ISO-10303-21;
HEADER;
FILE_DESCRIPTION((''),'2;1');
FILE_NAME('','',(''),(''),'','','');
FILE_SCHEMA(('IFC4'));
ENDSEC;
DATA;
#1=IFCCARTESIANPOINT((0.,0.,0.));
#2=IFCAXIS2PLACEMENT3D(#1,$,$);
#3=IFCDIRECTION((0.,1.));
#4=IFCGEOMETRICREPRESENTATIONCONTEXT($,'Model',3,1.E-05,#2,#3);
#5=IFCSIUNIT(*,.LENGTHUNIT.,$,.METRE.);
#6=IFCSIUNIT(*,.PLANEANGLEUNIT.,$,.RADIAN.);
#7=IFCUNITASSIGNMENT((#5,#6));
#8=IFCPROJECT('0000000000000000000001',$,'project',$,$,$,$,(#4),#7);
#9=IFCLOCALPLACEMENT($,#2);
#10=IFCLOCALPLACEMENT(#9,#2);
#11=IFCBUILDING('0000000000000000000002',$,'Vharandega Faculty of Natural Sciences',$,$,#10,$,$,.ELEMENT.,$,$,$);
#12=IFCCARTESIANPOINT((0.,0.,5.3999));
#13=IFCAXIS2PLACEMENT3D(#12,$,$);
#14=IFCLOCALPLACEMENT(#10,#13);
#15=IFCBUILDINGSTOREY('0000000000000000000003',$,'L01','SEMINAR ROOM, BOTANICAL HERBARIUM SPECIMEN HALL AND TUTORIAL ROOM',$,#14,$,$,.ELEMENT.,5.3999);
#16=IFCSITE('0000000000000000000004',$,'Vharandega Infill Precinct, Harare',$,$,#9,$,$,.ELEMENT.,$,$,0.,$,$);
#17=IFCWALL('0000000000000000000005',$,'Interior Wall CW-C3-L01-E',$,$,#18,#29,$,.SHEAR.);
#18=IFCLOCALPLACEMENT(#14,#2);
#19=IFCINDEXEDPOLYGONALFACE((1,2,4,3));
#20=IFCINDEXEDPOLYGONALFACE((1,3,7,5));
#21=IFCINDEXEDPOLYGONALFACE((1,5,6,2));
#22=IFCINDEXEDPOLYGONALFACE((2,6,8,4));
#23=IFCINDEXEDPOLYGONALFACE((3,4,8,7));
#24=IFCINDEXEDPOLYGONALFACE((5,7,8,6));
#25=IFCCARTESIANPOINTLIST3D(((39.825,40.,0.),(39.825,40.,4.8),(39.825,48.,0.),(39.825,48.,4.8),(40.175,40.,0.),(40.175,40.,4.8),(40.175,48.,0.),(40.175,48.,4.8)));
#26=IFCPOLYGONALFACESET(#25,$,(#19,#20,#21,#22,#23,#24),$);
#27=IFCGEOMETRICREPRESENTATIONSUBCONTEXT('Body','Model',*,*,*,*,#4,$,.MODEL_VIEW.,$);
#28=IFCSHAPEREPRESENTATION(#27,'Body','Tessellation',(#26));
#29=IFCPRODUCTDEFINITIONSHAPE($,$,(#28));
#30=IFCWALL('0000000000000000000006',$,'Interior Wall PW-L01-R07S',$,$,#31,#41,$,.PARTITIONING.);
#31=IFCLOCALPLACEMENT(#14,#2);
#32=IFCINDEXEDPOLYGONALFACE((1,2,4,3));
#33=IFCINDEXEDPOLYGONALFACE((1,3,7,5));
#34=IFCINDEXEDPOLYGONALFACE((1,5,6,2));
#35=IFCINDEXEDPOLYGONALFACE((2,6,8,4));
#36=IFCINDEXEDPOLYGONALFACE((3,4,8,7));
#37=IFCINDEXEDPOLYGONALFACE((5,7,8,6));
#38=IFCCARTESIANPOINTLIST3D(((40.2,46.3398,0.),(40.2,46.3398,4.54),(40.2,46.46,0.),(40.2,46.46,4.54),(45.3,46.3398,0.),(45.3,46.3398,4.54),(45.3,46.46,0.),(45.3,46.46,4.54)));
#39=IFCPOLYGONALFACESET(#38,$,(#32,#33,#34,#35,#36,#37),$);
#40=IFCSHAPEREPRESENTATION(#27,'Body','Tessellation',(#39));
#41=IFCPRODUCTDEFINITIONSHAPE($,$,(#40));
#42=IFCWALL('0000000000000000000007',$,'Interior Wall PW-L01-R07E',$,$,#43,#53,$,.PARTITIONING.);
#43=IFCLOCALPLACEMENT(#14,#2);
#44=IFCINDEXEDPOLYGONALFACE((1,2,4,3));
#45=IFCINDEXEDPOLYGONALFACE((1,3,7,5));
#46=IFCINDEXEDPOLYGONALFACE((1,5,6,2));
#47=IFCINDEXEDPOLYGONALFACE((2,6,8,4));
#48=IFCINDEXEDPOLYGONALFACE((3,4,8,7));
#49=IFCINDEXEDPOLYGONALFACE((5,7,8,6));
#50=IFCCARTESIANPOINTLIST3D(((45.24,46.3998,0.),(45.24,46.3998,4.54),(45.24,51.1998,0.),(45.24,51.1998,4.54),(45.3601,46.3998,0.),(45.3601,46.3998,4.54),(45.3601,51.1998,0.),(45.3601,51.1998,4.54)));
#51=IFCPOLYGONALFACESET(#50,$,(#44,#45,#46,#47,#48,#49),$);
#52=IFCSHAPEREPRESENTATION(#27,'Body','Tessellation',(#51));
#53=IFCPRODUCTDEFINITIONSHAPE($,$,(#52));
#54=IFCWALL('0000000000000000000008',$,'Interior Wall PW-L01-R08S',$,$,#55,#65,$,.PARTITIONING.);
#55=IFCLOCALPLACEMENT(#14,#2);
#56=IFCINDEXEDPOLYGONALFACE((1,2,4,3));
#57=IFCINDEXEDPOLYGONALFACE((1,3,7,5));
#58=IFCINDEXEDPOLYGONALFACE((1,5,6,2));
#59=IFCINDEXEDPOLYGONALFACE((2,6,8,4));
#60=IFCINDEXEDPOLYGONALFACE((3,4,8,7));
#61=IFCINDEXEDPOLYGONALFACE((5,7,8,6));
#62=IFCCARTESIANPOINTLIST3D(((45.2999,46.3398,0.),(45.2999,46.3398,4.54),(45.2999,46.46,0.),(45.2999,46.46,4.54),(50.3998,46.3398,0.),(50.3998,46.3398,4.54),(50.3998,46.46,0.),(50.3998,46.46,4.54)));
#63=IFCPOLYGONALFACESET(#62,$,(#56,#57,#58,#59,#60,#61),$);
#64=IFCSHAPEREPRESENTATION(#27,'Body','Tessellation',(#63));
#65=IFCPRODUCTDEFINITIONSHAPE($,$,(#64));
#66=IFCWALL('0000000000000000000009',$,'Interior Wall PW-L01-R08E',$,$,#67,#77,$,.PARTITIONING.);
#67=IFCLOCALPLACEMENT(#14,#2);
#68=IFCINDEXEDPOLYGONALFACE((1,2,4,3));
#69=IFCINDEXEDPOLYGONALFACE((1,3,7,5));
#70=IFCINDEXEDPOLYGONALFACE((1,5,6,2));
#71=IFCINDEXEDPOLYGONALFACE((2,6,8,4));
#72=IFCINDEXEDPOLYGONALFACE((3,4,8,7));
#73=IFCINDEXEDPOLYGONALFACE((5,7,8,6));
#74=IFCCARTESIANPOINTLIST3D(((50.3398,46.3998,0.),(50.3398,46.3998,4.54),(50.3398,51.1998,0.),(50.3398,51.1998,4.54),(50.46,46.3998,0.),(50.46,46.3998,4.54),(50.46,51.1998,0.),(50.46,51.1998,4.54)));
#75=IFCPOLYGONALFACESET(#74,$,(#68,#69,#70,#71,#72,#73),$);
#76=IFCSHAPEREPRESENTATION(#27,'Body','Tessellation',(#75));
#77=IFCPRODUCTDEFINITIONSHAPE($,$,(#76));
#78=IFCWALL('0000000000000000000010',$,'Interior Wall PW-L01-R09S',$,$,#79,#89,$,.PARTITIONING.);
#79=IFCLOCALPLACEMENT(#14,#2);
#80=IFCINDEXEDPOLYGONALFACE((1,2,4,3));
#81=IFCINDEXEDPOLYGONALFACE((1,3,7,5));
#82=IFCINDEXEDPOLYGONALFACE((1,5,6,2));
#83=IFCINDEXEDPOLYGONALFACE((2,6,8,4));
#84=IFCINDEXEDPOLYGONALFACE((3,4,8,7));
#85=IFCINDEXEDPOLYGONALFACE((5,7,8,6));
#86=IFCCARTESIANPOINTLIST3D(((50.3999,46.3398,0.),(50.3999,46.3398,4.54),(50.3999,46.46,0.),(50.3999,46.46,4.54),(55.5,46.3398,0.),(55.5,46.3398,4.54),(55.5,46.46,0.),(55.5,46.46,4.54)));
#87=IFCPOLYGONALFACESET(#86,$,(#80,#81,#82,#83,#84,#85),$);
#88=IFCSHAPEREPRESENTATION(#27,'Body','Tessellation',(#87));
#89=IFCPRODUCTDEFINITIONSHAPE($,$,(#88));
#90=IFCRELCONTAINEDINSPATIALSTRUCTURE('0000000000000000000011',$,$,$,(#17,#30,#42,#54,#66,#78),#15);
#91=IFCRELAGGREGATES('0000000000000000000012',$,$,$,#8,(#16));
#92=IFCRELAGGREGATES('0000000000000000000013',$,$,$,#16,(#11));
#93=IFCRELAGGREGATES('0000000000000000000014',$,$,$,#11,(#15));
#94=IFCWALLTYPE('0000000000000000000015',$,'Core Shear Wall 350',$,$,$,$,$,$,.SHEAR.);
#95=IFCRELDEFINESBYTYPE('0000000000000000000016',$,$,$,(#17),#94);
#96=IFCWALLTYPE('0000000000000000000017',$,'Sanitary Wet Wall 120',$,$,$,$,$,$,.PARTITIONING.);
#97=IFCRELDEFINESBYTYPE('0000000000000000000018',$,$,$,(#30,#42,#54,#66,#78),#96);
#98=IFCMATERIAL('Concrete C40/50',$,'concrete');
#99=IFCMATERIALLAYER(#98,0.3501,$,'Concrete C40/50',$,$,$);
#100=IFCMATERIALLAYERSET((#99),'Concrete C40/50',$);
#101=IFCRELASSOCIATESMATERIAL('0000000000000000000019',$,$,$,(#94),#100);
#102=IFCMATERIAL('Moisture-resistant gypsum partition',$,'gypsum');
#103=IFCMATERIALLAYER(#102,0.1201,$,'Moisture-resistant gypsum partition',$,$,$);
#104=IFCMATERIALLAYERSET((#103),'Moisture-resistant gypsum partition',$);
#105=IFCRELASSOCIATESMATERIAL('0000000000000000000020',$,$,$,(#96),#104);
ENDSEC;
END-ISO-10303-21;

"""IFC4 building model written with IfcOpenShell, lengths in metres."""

from ifc_helpers import new_model, si_unit, direction, frame, frame_2d, origin, place, context, subcontext, project, spatial, rectangle, extrude, material, layer, layer_set, type_object, element, save


model = new_model("IFC4")

# Units and contexts
model_context = context("Model", 3, precision=1e-05, world=origin(), true_north=direction((0.0, 1.0)))
body_context = subcontext(model_context, "Body", "Model", "MODEL_VIEW")
ifc_project = project(units=[si_unit("LENGTHUNIT", "METRE"), si_unit("PLANEANGLEUNIT", "RADIAN")], contexts=[model_context])

# Site, building, storey
site_placement = place(None, origin())
site = spatial("IfcSite", under=ifc_project, at=site_placement, Name="Vharandega Infill Precinct, Harare", CompositionType="ELEMENT", RefElevation=0.0)
building_placement = place(site_placement, origin())
building = spatial("IfcBuilding", under=site, at=building_placement, Name="Vharandega Faculty of Natural Sciences", CompositionType="ELEMENT")
storey_placement = place(building_placement, frame((0.0, 0.0, 5.3999)))
storey = spatial("IfcBuildingStorey", under=building, at=storey_placement, Name="L01", Description="SEMINAR ROOM, BOTANICAL HERBARIUM SPECIMEN HALL AND TUTORIAL ROOM", CompositionType="ELEMENT", Elevation=5.3999)

# Walls
ifc_material_1 = material(Name="Concrete C40/50", Category="concrete")
ifc_layer_1 = layer(ifc_material_1, 0.3501, Name="Concrete C40/50")
ifc_layer_set_1 = layer_set([ifc_layer_1], Name="Concrete C40/50")
wall_type_1 = type_object("IfcWallType", Name="Core Shear Wall 350", PredefinedType="SHEAR", material=ifc_layer_set_1)
wall_1_placement = place(storey_placement, frame((40.0, 40.0, 0.0), z_axis=(0.0, 0.0, 1.0), x_axis=(0.0, 1.0, 0.0)))
element("IfcWall", 1, at=wall_1_placement, inside=storey, type_object=wall_type_1, Name="Interior Wall CW-C3-L01-E", PredefinedType="SHEAR", context=body_context, shape_type="SweptSolid", body=[
    extrude(rectangle(XDim=8.0, YDim=0.3501, at=frame_2d((4.0, 0.0))), origin(), (0.0, 0.0, 1.0), 4.8),
])
ifc_material_2 = material(Name="Moisture-resistant gypsum partition", Category="gypsum")
ifc_layer_2 = layer(ifc_material_2, 0.1201, Name="Moisture-resistant gypsum partition")
ifc_layer_set_2 = layer_set([ifc_layer_2], Name="Moisture-resistant gypsum partition")
wall_type_2 = type_object("IfcWallType", Name="Sanitary Wet Wall 120", PredefinedType="PARTITIONING", material=ifc_layer_set_2)
wall_2_placement = place(storey_placement, frame((40.2, 46.3999, 0.0), z_axis=(0.0, 0.0, 1.0), x_axis=(1.0, 0.0, 0.0)))
element("IfcWall", 2, at=wall_2_placement, inside=storey, type_object=wall_type_2, Name="Interior Wall PW-L01-R07S", PredefinedType="PARTITIONING", context=body_context, shape_type="SweptSolid", body=[
    extrude(rectangle(XDim=5.1001, YDim=0.1201, at=frame_2d((2.55, 0.0))), origin(), (0.0, 0.0, 1.0), 4.54),
])
wall_3_placement = place(storey_placement, frame((45.3, 46.3999, 0.0), z_axis=(0.0, 0.0, 1.0), x_axis=(0.0, 1.0, 0.0)))
element("IfcWall", 3, at=wall_3_placement, inside=storey, type_object=wall_type_2, Name="Interior Wall PW-L01-R07E", PredefinedType="PARTITIONING", context=body_context, shape_type="SweptSolid", body=[
    extrude(rectangle(XDim=4.8, YDim=0.1201, at=frame_2d((2.3999, 0.0))), origin(), (0.0, 0.0, 1.0), 4.54),
])
wall_4_placement = place(storey_placement, frame((45.3, 46.3999, 0.0), z_axis=(0.0, 0.0, 1.0), x_axis=(1.0, 0.0, 0.0)))
element("IfcWall", 4, at=wall_4_placement, inside=storey, type_object=wall_type_2, Name="Interior Wall PW-L01-R08S", PredefinedType="PARTITIONING", context=body_context, shape_type="SweptSolid", body=[
    extrude(rectangle(XDim=5.0999, YDim=0.1201, at=frame_2d((2.5498, 0.0))), origin(), (0.0, 0.0, 1.0), 4.54),
])
wall_5_placement = place(storey_placement, frame((50.3999, 46.3999, 0.0), z_axis=(0.0, 0.0, 1.0), x_axis=(0.0, 1.0, 0.0)))
element("IfcWall", 5, at=wall_5_placement, inside=storey, type_object=wall_type_2, Name="Interior Wall PW-L01-R08E", PredefinedType="PARTITIONING", context=body_context, shape_type="SweptSolid", body=[
    extrude(rectangle(XDim=4.8, YDim=0.1201, at=frame_2d((2.3999, 0.0))), origin(), (0.0, 0.0, 1.0), 4.54),
])
wall_6_placement = place(storey_placement, frame((50.3999, 46.3999, 0.0), z_axis=(0.0, 0.0, 1.0), x_axis=(1.0, 0.0, 0.0)))
element("IfcWall", 6, at=wall_6_placement, inside=storey, type_object=wall_type_2, Name="Interior Wall PW-L01-R09S", PredefinedType="PARTITIONING", context=body_context, shape_type="SweptSolid", body=[
    extrude(rectangle(XDim=5.1001, YDim=0.1201, at=frame_2d((2.55, 0.0))), origin(), (0.0, 0.0, 1.0), 4.54),
])

save(model, "model.ifc")
